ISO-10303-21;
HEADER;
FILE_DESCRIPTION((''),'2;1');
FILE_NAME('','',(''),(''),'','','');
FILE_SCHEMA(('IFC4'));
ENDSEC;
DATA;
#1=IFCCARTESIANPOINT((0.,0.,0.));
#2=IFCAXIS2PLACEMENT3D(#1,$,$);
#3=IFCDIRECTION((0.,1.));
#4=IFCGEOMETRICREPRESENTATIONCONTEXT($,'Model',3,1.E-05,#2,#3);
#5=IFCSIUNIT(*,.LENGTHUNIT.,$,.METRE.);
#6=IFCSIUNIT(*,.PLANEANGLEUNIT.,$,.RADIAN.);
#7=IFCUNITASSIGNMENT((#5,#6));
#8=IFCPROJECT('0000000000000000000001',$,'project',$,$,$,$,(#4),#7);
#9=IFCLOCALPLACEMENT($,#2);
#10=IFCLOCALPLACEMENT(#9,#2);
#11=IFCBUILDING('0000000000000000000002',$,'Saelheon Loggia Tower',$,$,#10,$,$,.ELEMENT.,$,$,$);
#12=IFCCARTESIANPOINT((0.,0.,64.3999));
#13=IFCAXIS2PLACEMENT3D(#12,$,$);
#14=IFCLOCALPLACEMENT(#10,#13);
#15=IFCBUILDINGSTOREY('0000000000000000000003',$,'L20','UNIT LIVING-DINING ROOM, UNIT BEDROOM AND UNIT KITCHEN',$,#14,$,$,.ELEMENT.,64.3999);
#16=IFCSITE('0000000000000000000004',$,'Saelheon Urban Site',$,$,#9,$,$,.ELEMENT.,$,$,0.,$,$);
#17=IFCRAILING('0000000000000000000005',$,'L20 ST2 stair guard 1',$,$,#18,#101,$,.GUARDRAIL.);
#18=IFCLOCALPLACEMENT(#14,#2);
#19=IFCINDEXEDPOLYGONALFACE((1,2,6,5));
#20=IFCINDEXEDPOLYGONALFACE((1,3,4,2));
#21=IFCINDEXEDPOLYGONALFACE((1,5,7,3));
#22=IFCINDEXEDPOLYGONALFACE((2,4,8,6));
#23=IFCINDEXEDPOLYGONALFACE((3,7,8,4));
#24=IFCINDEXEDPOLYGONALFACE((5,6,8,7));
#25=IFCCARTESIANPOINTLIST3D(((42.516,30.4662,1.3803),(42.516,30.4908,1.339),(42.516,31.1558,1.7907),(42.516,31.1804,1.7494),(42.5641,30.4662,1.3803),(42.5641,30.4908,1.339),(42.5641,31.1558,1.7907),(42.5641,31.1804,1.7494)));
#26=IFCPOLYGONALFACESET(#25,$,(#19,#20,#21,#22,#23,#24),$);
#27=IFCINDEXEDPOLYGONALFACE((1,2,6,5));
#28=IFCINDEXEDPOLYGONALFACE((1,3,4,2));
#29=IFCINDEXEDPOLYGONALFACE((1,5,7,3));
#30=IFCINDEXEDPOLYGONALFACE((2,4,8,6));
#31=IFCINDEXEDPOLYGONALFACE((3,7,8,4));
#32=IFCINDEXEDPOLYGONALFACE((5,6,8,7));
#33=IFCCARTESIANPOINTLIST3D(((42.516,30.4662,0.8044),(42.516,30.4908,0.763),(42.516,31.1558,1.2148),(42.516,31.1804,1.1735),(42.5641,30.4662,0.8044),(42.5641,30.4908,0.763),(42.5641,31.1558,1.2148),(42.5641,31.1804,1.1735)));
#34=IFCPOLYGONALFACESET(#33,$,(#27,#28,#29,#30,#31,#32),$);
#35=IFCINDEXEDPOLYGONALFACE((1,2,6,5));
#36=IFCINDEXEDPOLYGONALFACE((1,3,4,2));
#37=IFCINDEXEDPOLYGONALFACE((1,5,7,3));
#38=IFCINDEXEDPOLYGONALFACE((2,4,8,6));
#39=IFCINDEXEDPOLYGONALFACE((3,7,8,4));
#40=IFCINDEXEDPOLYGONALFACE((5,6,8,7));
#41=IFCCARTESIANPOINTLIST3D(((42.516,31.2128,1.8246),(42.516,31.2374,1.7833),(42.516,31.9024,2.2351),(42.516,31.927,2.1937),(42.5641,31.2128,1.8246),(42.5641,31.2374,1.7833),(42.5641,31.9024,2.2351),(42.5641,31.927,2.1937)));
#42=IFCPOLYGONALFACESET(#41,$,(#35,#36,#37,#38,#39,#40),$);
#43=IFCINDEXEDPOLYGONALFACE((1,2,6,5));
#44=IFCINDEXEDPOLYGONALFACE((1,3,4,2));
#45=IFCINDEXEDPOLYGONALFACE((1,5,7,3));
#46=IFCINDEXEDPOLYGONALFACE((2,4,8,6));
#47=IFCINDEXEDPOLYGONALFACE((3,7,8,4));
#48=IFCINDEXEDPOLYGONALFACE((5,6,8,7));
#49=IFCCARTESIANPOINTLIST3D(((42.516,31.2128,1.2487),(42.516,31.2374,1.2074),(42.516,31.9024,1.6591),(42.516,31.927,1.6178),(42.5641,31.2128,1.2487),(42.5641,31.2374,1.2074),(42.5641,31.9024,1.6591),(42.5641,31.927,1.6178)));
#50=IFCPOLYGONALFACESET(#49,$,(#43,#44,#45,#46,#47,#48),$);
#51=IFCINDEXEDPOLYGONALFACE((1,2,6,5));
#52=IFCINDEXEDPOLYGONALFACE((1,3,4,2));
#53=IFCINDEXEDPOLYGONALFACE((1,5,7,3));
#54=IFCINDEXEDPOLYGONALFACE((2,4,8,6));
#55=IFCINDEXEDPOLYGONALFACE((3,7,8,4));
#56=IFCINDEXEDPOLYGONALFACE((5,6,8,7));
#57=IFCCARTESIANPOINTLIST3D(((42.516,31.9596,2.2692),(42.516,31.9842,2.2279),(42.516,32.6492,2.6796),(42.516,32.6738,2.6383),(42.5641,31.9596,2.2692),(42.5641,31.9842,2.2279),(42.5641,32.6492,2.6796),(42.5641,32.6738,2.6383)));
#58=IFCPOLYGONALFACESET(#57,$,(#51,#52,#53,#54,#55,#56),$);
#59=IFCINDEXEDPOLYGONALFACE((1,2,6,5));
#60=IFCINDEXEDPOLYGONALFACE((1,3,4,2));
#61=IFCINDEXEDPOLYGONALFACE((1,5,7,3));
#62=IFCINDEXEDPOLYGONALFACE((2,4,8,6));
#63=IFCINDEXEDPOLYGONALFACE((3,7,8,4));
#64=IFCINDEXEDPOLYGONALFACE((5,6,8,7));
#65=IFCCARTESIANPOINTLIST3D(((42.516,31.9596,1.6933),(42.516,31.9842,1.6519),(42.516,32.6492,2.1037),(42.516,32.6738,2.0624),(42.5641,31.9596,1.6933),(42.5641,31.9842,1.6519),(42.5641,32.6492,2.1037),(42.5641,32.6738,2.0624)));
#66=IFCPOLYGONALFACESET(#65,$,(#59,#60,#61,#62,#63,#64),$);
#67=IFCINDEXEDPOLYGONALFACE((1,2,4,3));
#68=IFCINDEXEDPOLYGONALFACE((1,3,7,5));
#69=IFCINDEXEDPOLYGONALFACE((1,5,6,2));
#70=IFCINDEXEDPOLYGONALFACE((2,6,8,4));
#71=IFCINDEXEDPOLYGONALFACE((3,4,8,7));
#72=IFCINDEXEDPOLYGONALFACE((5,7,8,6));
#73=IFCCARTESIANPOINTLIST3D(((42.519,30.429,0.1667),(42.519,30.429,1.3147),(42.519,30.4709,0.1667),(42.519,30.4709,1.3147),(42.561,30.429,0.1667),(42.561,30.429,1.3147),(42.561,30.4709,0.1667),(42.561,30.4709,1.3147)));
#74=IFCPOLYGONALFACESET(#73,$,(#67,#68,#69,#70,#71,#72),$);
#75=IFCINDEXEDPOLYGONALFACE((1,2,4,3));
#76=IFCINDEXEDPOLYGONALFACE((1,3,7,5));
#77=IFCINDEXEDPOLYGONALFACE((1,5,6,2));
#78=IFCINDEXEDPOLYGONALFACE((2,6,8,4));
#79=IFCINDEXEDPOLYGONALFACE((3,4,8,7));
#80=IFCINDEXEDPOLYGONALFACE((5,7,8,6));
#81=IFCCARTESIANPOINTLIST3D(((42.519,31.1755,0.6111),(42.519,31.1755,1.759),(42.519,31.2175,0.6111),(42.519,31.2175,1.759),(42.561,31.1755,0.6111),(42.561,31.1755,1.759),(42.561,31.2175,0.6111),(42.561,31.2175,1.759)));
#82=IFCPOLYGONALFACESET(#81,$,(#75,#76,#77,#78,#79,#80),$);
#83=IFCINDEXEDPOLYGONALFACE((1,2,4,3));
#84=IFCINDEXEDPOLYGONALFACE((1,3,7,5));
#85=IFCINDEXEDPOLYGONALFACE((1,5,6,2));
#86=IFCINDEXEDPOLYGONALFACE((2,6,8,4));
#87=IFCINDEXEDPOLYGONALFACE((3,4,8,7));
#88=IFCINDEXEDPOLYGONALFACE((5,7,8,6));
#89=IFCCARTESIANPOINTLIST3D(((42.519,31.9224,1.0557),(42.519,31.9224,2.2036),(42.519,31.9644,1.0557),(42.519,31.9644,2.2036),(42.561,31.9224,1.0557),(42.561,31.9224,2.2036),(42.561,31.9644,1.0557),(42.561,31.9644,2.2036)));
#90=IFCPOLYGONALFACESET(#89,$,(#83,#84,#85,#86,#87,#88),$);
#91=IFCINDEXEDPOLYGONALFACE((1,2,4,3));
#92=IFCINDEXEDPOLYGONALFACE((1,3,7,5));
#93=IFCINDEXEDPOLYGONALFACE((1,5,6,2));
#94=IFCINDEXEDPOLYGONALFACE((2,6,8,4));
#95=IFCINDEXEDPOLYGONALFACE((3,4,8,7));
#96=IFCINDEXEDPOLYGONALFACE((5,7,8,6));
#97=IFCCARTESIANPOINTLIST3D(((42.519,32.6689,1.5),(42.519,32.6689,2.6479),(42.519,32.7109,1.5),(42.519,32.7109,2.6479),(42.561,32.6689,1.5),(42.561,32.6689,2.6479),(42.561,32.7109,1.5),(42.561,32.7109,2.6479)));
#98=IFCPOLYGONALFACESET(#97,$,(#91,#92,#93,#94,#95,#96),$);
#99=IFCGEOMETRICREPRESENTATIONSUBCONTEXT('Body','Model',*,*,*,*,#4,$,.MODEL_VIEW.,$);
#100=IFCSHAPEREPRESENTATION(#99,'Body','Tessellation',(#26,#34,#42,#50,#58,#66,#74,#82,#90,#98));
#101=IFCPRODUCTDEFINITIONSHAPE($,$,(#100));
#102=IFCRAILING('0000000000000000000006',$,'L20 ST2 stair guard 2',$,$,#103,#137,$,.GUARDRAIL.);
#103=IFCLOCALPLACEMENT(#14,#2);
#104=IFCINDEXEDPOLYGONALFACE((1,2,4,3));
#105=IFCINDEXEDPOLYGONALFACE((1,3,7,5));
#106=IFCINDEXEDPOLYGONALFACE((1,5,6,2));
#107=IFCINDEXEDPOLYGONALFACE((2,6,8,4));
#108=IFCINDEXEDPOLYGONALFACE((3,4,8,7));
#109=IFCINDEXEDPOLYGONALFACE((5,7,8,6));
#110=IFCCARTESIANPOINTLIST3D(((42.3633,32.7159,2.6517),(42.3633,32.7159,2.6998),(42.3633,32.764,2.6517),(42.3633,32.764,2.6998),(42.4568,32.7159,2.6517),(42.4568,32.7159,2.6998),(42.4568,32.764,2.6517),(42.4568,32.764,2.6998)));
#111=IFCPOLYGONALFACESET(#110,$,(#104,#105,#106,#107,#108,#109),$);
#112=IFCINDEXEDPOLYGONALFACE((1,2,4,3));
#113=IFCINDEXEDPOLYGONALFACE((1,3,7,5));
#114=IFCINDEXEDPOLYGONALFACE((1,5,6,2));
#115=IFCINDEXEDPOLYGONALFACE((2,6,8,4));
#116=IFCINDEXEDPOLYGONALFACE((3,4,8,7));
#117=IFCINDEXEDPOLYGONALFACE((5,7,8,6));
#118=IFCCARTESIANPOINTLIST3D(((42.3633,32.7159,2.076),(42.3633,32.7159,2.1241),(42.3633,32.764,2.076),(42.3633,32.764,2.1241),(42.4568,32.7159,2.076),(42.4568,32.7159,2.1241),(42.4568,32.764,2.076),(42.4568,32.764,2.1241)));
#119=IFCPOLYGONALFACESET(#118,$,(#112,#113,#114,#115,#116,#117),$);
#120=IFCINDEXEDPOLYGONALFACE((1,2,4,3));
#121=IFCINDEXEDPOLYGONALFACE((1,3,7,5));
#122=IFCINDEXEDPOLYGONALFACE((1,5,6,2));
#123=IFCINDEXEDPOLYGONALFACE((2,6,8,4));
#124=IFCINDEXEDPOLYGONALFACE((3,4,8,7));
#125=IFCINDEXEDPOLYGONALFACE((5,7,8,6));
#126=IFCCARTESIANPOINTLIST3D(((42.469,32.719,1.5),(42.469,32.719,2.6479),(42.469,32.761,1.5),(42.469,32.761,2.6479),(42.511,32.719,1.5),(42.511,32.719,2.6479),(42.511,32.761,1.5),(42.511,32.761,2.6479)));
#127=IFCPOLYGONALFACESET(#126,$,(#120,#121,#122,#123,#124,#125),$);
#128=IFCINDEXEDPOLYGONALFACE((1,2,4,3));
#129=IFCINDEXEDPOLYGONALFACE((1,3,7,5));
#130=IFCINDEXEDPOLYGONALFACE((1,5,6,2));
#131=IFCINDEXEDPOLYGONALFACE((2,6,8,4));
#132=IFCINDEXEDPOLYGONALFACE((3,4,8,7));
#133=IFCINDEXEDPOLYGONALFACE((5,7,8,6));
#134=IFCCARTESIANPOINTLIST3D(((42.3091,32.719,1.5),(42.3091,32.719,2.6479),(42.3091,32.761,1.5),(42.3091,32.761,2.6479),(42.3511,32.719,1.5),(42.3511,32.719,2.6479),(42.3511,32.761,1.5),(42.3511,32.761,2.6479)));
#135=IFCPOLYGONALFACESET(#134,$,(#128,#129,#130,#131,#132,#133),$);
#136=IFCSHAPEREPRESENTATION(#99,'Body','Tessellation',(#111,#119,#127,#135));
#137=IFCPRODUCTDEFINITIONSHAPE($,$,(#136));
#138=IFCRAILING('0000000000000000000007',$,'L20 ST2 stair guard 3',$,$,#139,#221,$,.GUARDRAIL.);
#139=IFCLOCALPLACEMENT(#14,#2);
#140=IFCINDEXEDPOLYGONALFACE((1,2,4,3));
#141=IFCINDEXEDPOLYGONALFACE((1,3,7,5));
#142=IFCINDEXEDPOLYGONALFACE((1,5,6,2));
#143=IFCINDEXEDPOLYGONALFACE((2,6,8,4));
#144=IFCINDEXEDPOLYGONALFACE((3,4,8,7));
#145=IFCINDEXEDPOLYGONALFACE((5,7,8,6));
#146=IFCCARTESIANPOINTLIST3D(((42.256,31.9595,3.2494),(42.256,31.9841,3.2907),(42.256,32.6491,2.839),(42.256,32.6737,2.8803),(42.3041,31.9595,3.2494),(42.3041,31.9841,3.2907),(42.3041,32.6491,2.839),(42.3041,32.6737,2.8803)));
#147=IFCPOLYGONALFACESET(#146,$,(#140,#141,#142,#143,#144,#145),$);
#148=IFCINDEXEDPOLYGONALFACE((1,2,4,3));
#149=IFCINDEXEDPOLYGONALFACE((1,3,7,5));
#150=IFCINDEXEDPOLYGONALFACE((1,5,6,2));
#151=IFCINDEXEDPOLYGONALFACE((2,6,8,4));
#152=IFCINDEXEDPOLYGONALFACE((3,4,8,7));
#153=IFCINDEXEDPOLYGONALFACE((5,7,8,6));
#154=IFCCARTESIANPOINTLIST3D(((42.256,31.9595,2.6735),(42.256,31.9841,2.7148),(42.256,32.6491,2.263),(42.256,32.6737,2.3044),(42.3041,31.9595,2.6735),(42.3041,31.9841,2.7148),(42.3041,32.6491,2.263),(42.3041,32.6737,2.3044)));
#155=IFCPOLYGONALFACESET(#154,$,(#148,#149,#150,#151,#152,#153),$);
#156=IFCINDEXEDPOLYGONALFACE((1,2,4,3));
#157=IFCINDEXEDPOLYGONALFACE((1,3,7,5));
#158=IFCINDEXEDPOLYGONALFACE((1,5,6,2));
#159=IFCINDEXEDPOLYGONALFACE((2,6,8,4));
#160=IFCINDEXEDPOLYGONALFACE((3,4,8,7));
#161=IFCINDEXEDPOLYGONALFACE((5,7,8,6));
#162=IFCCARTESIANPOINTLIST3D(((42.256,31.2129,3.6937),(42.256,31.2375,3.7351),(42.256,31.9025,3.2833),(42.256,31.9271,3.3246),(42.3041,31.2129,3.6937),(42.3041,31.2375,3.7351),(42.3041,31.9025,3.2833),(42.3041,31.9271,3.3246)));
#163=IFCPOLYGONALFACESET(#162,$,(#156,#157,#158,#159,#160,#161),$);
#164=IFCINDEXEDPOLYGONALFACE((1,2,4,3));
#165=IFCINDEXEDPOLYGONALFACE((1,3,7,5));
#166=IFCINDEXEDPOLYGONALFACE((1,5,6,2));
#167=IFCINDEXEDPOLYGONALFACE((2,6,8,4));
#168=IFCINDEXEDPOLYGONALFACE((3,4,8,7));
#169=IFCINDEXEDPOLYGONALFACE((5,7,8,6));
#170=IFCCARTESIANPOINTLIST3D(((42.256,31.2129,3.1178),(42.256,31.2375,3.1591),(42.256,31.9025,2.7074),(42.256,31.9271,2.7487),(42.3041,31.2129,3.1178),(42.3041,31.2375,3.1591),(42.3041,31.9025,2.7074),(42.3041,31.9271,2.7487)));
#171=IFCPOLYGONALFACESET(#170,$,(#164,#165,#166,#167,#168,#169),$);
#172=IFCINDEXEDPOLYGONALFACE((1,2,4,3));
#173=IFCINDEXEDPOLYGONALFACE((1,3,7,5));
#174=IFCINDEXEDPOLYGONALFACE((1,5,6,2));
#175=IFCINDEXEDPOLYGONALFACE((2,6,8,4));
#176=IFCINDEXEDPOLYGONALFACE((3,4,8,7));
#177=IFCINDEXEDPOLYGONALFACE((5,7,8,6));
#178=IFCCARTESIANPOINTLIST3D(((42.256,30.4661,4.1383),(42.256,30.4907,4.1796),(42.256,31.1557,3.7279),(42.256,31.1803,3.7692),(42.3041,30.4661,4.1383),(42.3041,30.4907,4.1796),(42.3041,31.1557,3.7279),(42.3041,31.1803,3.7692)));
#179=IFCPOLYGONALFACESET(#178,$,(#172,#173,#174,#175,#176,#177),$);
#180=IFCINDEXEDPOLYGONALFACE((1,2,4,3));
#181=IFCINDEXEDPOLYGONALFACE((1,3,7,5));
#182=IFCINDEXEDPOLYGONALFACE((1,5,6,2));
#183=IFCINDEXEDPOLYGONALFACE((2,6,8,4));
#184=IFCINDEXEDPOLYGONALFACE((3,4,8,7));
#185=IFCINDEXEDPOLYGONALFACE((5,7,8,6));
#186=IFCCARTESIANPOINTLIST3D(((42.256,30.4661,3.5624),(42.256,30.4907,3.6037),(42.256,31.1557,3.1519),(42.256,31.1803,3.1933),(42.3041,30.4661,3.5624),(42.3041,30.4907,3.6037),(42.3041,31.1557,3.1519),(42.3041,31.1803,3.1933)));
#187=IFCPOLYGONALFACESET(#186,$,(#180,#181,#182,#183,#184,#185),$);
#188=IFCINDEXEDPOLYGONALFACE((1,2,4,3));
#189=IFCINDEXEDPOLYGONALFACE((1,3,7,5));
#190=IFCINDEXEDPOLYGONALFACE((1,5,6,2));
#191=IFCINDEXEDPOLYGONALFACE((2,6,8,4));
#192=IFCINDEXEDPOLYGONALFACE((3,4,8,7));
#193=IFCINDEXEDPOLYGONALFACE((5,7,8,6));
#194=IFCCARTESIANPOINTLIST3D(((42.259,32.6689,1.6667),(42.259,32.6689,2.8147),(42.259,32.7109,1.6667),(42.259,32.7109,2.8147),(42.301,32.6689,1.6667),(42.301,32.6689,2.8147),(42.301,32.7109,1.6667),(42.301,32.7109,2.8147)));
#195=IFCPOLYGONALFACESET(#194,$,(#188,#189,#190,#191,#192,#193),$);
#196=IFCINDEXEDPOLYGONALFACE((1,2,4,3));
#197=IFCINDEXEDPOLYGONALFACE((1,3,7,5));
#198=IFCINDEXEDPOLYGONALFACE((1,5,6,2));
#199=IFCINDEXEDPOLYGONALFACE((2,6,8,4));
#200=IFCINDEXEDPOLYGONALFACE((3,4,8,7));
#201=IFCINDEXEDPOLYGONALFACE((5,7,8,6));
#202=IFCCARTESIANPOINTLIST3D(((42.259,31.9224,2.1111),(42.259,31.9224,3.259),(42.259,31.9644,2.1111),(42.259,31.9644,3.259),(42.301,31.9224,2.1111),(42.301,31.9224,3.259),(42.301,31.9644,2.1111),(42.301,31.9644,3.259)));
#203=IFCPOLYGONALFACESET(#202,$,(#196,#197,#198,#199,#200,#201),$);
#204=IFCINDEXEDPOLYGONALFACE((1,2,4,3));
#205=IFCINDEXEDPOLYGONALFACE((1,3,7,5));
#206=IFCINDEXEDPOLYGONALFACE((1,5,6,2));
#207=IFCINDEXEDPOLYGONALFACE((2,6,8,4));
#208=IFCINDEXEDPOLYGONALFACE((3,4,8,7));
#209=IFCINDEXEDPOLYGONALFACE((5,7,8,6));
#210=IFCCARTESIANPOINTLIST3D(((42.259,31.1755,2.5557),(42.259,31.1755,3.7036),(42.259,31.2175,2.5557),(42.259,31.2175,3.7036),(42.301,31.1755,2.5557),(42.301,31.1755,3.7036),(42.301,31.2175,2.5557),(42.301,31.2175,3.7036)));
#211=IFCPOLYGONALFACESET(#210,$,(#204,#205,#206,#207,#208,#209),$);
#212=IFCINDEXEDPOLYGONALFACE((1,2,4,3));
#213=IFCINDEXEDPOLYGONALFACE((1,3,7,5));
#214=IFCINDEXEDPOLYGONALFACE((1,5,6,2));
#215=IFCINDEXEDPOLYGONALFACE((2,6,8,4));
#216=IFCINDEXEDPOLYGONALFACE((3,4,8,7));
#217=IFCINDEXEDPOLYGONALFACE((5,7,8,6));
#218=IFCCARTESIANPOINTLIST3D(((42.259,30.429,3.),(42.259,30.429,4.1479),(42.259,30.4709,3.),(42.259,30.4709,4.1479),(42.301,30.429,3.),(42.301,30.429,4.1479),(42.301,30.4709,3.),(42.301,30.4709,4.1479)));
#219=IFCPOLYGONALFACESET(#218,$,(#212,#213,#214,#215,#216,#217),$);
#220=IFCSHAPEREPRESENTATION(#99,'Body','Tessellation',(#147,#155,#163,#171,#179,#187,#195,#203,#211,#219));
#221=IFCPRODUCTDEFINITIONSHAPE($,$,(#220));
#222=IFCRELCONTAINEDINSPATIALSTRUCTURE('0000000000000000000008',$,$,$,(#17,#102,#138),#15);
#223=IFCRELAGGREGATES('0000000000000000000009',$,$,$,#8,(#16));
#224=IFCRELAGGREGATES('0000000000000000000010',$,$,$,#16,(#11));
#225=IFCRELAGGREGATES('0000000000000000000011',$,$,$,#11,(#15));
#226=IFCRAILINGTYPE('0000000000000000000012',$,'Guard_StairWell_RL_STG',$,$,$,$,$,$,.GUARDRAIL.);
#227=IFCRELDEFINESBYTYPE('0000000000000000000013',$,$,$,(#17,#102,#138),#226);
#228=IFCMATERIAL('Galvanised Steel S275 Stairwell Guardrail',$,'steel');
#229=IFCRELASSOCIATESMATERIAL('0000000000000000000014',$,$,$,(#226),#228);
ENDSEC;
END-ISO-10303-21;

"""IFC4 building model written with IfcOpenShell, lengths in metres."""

from ifc_helpers import new_model, si_unit, direction, frame, origin, origin_2d, place, context, subcontext, project, spatial, rectangle, extrude, material, type_object, element, save


model = new_model("IFC4")

# Units and contexts
model_context = context("Model", 3, precision=1e-05, world=origin(), true_north=direction((0.0, 1.0)))
body_context = subcontext(model_context, "Body", "Model", "MODEL_VIEW")
ifc_project = project(units=[si_unit("LENGTHUNIT", "METRE"), si_unit("PLANEANGLEUNIT", "RADIAN")], contexts=[model_context])

# Site, building, storey
site_placement = place(None, origin())
site = spatial("IfcSite", under=ifc_project, at=site_placement, Name="Saelheon Urban Site", CompositionType="ELEMENT", RefElevation=0.0)
building_placement = place(site_placement, origin())
building = spatial("IfcBuilding", under=site, at=building_placement, Name="Saelheon Loggia Tower", CompositionType="ELEMENT")
storey_placement = place(building_placement, frame((0.0, 0.0, 64.3999)))
storey = spatial("IfcBuildingStorey", under=building, at=storey_placement, Name="L20", Description="UNIT LIVING-DINING ROOM, UNIT BEDROOM AND UNIT KITCHEN", CompositionType="ELEMENT", Elevation=64.3999)

# Railings
ifc_material_1 = material(Name="Galvanised Steel S275 Stairwell Guardrail", Category="steel")
railing_type_1 = type_object("IfcRailingType", Name="Guard_StairWell_RL_STG", PredefinedType="GUARDRAIL", material=ifc_material_1)
railing_1_placement = place(storey_placement, frame((42.54, 30.45, 0.1667)))
element("IfcRailing", 1, at=railing_1_placement, inside=storey, type_object=railing_type_1, Name="L20 ST2 stair guard 1", PredefinedType="GUARDRAIL", context=body_context, shape_type="SweptSolid", body=[
    extrude(rectangle(XDim=0.0481, YDim=0.0481, at=origin_2d()), frame((0.0, 0.0286, 1.1929), z_axis=(0.0, 0.859306, 0.511462), x_axis=(-1.0, 0.0, 0.0)), (0.0, 0.0, 1.0), 0.8025),
    extrude(rectangle(XDim=0.0481, YDim=0.0481, at=origin_2d()), frame((0.0, 0.0286, 0.6169), z_axis=(0.0, 0.859306, 0.511462), x_axis=(-1.0, 0.0, 0.0)), (0.0, 0.0, 1.0), 0.8025),
    extrude(rectangle(XDim=0.0481, YDim=0.0481, at=origin_2d()), frame((0.0, 0.7751, 1.6372), z_axis=(0.0, 0.859306, 0.511462), x_axis=(-1.0, 0.0, 0.0)), (0.0, 0.0, 1.0), 0.8025),
    extrude(rectangle(XDim=0.0481, YDim=0.0481, at=origin_2d()), frame((0.0, 0.7751, 1.0613), z_axis=(0.0, 0.859306, 0.511462), x_axis=(-1.0, 0.0, 0.0)), (0.0, 0.0, 1.0), 0.8025),
    extrude(rectangle(XDim=0.0481, YDim=0.0481, at=origin_2d()), frame((0.0, 1.522, 2.0818), z_axis=(0.0, 0.859306, 0.511462), x_axis=(-1.0, 0.0, 0.0)), (0.0, 0.0, 1.0), 0.8025),
    extrude(rectangle(XDim=0.0481, YDim=0.0481, at=origin_2d()), frame((0.0, 1.522, 1.5059), z_axis=(0.0, 0.859306, 0.511462), x_axis=(-1.0, 0.0, 0.0)), (0.0, 0.0, 1.0), 0.8025),
    extrude(rectangle(XDim=0.042, YDim=0.042, at=origin_2d()), origin(), (0.0, 0.0, 1.0), 1.1479),
    extrude(rectangle(XDim=0.042, YDim=0.042, at=origin_2d()), frame((0.0, 0.7466, 0.4443)), (0.0, 0.0, 1.0), 1.1479),
    extrude(rectangle(XDim=0.042, YDim=0.042, at=origin_2d()), frame((0.0, 1.4934, 0.8889)), (0.0, 0.0, 1.0), 1.1479),
    extrude(rectangle(XDim=0.042, YDim=0.042, at=origin_2d()), frame((0.0, 2.24, 1.3333)), (0.0, 0.0, 1.0), 1.1479),
])
railing_2_placement = place(storey_placement, frame((42.49, 32.74, 1.5)))
element("IfcRailing", 2, at=railing_2_placement, inside=storey, type_object=railing_type_1, Name="L20 ST2 stair guard 2", PredefinedType="GUARDRAIL", context=body_context, shape_type="SweptSolid", body=[
    extrude(rectangle(XDim=0.0481, YDim=0.0481, at=origin_2d()), frame((-0.0332, 0.0, 1.1758), z_axis=(-1.0, 0.0, 0.0), x_axis=(0.0, -1.0, 0.0)), (0.0, 0.0, 1.0), 0.0935),
    extrude(rectangle(XDim=0.0481, YDim=0.0481, at=origin_2d()), frame((-0.0332, 0.0, 0.6001), z_axis=(-1.0, 0.0, 0.0), x_axis=(0.0, -1.0, 0.0)), (0.0, 0.0, 1.0), 0.0935),
    extrude(rectangle(XDim=0.042, YDim=0.042, at=origin_2d()), origin(), (0.0, 0.0, 1.0), 1.1479),
    extrude(rectangle(XDim=0.042, YDim=0.042, at=origin_2d()), frame((-0.1599, 0.0, 0.0)), (0.0, 0.0, 1.0), 1.1479),
])
railing_3_placement = place(storey_placement, frame((42.28, 32.6899, 1.6667)))
element("IfcRailing", 3, at=railing_3_placement, inside=storey, type_object=railing_type_1, Name="L20 ST2 stair guard 3", PredefinedType="GUARDRAIL", context=body_context, shape_type="SweptSolid", body=[
    extrude(rectangle(XDim=0.0481, YDim=0.0481, at=origin_2d()), frame((0.0, -0.0286, 1.1929), z_axis=(0.0, -0.859306, 0.511462), x_axis=(1.0, 0.0, 0.0)), (0.0, 0.0, 1.0), 0.8025),
    extrude(rectangle(XDim=0.0481, YDim=0.0481, at=origin_2d()), frame((0.0, -0.0286, 0.6169), z_axis=(0.0, -0.859306, 0.511462), x_axis=(1.0, 0.0, 0.0)), (0.0, 0.0, 1.0), 0.8025),
    extrude(rectangle(XDim=0.0481, YDim=0.0481, at=origin_2d()), frame((0.0, -0.7751, 1.6372), z_axis=(0.0, -0.859306, 0.511462), x_axis=(1.0, 0.0, 0.0)), (0.0, 0.0, 1.0), 0.8025),
    extrude(rectangle(XDim=0.0481, YDim=0.0481, at=origin_2d()), frame((0.0, -0.7751, 1.0613), z_axis=(0.0, -0.859306, 0.511462), x_axis=(1.0, 0.0, 0.0)), (0.0, 0.0, 1.0), 0.8025),
    extrude(rectangle(XDim=0.0481, YDim=0.0481, at=origin_2d()), frame((0.0, -1.522, 2.0818), z_axis=(0.0, -0.859306, 0.511462), x_axis=(1.0, 0.0, 0.0)), (0.0, 0.0, 1.0), 0.8025),
    extrude(rectangle(XDim=0.0481, YDim=0.0481, at=origin_2d()), frame((0.0, -1.522, 1.5059), z_axis=(0.0, -0.859306, 0.511462), x_axis=(1.0, 0.0, 0.0)), (0.0, 0.0, 1.0), 0.8025),
    extrude(rectangle(XDim=0.042, YDim=0.042, at=origin_2d()), origin(), (0.0, 0.0, 1.0), 1.1479),
    extrude(rectangle(XDim=0.042, YDim=0.042, at=origin_2d()), frame((0.0, -0.7466, 0.4443)), (0.0, 0.0, 1.0), 1.1479),
    extrude(rectangle(XDim=0.042, YDim=0.042, at=origin_2d()), frame((0.0, -1.4934, 0.8889)), (0.0, 0.0, 1.0), 1.1479),
    extrude(rectangle(XDim=0.042, YDim=0.042, at=origin_2d()), frame((0.0, -2.24, 1.3333)), (0.0, 0.0, 1.0), 1.1479),
])

save(model, "model.ifc")
